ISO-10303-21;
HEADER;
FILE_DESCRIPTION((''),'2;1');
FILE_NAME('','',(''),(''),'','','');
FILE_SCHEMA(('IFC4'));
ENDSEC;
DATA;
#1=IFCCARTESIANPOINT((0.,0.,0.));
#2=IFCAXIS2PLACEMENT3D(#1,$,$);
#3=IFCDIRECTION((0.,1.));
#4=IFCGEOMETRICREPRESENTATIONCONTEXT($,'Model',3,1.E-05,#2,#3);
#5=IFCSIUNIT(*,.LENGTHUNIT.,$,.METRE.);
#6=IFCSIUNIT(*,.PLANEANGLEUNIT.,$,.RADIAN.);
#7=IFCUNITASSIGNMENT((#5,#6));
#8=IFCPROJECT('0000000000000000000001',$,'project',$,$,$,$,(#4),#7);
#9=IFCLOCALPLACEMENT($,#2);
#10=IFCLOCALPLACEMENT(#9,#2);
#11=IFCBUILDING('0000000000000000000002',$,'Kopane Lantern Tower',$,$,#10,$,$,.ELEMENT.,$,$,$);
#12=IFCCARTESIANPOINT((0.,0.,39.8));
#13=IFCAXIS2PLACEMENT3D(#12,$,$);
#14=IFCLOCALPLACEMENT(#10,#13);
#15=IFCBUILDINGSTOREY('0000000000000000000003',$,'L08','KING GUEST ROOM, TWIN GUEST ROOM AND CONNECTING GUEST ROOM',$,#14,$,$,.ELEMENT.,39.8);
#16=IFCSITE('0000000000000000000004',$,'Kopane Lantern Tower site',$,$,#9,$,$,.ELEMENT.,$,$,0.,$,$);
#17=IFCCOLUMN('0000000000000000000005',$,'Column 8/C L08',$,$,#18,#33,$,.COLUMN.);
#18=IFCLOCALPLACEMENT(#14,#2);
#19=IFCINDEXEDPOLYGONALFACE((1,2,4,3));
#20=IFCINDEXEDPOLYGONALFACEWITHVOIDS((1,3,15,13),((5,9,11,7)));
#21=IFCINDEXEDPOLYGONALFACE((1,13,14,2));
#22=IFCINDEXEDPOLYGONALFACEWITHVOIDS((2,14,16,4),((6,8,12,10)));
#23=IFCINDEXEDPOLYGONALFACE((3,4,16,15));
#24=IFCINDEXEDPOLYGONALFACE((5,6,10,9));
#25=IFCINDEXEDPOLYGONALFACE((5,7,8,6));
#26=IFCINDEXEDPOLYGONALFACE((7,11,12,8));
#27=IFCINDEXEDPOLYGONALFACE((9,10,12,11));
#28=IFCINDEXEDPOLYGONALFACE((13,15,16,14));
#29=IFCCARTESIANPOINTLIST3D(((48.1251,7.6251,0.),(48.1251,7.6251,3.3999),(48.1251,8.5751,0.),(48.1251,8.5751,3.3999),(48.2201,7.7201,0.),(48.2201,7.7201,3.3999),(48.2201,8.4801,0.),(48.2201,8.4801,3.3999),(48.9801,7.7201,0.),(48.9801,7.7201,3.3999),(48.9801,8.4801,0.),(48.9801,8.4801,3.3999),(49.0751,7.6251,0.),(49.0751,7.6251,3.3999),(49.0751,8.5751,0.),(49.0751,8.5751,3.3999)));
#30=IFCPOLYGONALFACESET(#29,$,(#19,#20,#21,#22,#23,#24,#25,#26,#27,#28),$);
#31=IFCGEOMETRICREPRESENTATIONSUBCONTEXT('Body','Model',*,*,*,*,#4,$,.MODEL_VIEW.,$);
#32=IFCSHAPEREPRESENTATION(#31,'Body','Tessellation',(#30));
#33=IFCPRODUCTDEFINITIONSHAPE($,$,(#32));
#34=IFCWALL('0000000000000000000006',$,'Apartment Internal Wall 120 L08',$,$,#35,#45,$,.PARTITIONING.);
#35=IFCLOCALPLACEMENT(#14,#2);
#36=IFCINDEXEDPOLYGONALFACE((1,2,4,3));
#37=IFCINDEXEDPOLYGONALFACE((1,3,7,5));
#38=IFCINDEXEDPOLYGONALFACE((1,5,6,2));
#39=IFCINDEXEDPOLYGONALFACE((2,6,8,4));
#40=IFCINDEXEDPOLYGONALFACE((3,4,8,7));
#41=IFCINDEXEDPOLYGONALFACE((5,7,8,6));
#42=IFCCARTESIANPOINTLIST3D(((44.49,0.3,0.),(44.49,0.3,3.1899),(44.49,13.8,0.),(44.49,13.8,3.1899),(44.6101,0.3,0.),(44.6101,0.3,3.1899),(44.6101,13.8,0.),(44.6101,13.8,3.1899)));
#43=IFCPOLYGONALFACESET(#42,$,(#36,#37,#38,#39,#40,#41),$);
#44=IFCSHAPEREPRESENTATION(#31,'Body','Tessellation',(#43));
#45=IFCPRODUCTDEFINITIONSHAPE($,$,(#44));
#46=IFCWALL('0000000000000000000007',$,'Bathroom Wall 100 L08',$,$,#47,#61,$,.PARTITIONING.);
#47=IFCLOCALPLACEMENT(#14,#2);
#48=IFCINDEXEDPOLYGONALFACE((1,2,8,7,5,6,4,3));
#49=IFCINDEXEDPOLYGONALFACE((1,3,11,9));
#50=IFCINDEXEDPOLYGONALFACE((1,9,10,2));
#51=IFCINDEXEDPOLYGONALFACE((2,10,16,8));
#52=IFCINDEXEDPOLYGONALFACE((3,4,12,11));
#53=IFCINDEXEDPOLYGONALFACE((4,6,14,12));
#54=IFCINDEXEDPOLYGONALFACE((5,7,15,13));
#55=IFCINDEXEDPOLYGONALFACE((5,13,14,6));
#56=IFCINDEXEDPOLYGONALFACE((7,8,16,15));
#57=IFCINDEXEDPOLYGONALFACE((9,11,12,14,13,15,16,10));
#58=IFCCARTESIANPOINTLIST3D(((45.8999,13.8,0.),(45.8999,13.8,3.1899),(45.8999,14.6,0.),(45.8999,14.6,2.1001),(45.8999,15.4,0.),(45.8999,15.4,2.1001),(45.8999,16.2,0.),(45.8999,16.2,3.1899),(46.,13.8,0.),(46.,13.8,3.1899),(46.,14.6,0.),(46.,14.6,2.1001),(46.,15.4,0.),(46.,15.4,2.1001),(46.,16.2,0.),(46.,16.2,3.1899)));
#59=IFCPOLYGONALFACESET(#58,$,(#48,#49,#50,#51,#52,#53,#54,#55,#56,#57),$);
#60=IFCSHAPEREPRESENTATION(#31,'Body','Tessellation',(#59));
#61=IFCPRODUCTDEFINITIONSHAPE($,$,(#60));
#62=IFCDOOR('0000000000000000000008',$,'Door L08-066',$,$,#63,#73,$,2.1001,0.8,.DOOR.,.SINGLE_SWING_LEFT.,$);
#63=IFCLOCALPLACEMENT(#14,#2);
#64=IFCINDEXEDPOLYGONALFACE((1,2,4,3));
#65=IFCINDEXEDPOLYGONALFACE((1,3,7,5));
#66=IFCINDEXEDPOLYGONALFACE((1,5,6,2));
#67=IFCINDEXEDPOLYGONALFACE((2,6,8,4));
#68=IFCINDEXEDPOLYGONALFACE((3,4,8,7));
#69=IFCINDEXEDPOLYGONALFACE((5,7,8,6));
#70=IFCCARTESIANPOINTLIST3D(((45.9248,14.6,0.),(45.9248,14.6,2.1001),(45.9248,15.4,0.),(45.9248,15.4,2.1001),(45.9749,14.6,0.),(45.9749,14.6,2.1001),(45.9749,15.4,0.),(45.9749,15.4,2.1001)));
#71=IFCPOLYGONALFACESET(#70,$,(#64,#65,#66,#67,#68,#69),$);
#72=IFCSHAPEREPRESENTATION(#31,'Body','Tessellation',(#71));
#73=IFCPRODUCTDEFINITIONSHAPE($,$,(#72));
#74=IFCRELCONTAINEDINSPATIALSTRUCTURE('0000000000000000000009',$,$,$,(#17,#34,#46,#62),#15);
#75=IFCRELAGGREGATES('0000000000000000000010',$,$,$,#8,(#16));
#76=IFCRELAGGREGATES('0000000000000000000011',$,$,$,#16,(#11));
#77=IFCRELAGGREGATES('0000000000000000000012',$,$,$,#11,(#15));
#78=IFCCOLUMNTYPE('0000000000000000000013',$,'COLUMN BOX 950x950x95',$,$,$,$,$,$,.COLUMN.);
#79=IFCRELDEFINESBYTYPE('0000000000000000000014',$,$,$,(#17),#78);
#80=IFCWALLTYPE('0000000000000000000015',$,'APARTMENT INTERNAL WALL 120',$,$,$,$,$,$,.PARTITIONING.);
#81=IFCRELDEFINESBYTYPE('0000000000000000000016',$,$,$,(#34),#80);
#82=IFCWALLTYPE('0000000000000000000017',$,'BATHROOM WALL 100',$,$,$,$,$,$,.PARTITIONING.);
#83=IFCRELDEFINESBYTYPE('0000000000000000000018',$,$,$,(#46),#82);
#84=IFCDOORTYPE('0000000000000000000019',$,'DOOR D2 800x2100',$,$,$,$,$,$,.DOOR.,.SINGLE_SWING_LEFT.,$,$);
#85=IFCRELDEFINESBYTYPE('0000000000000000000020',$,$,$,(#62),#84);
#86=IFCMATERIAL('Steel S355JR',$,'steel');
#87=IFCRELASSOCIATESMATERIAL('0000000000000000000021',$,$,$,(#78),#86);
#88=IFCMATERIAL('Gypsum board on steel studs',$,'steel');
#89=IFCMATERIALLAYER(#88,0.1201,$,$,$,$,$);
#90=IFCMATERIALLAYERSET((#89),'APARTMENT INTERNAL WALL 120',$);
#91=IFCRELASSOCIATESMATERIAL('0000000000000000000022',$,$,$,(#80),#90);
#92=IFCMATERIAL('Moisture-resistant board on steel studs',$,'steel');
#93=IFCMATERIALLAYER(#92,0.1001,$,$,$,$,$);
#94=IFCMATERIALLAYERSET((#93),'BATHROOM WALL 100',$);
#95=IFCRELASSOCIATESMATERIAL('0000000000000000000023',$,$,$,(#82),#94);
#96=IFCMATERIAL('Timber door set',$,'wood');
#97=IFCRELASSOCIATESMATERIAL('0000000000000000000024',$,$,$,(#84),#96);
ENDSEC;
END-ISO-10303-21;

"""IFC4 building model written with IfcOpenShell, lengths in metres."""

from ifc_helpers import new_model, si_unit, direction, frame, frame_2d, origin, origin_2d, place, context, subcontext, project, spatial, rectangle, hollow_rectangle, extrude, material, layer, layer_set, material_profile, profile_set, type_object, element, fill, save


model = new_model("IFC4")

# Units and contexts
model_context = context("Model", 3, precision=1e-05, world=origin(), true_north=direction((0.0, 1.0)))
body_context = subcontext(model_context, "Body", "Model", "MODEL_VIEW")
ifc_project = project(units=[si_unit("LENGTHUNIT", "METRE"), si_unit("PLANEANGLEUNIT", "RADIAN")], contexts=[model_context])

# Site, building, storey
site_placement = place(None, origin())
site = spatial("IfcSite", under=ifc_project, at=site_placement, Name="Kopane Lantern Tower site", CompositionType="ELEMENT", RefElevation=0.0)
building_placement = place(site_placement, origin())
building = spatial("IfcBuilding", under=site, at=building_placement, Name="Kopane Lantern Tower", CompositionType="ELEMENT")
storey_placement = place(building_placement, frame((0.0, 0.0, 39.8)))
storey = spatial("IfcBuildingStorey", under=building, at=storey_placement, Name="L08", Description="KING GUEST ROOM, TWIN GUEST ROOM AND CONNECTING GUEST ROOM", CompositionType="ELEMENT", Elevation=39.8)

# Column
ifc_material_1 = material(Name="Steel S355JR", Category="steel")
ifc_material_profile = material_profile(ifc_material_1, hollow_rectangle(XDim=0.95, YDim=0.95, WallThickness=0.095, at=origin_2d()), Name="BOX 950x950x95")
ifc_profile_set = profile_set([ifc_material_profile], Name="Steel S355JR")
column_type = type_object("IfcColumnType", Name="COLUMN BOX 950x950x95", PredefinedType="COLUMN", material=ifc_profile_set)
column_placement = place(storey_placement, frame((48.6001, 8.1001, 0.0), z_axis=(0.0, 0.0, 1.0), x_axis=(1.0, 0.0, 0.0)))
element("IfcColumn", 1, at=column_placement, inside=storey, type_object=column_type, Name="Column 8/C L08", PredefinedType="COLUMN", context=body_context, shape_type="SweptSolid", body=[
    extrude(hollow_rectangle(XDim=0.95, YDim=0.95, WallThickness=0.095, at=origin_2d()), origin(), (0.0, 0.0, 1.0), 3.3999),
])

# Wall
ifc_material_2 = material(Name="Gypsum board on steel studs", Category="steel")
ifc_layer_1 = layer(ifc_material_2, 0.1201)
ifc_layer_set_1 = layer_set([ifc_layer_1], Name="APARTMENT INTERNAL WALL 120")
wall_type_1 = type_object("IfcWallType", Name="APARTMENT INTERNAL WALL 120", PredefinedType="PARTITIONING", material=ifc_layer_set_1)
wall_1_placement = place(storey_placement, frame((44.55, 13.8, 0.0), z_axis=(0.0, 0.0, 1.0), x_axis=(0.0, -1.0, 0.0)))
element("IfcWall", 2, at=wall_1_placement, inside=storey, type_object=wall_type_1, Name="Apartment Internal Wall 120 L08", PredefinedType="PARTITIONING", context=body_context, shape_type="SweptSolid", body=[
    extrude(rectangle(XDim=13.5, YDim=0.1201, at=frame_2d((6.75, 0.0))), origin(), (0.0, 0.0, 1.0), 3.1899),
])

# Wall, opening, door
ifc_material_3 = material(Name="Moisture-resistant board on steel studs", Category="steel")
ifc_layer_2 = layer(ifc_material_3, 0.1001)
ifc_layer_set_2 = layer_set([ifc_layer_2], Name="BATHROOM WALL 100")
wall_type_2 = type_object("IfcWallType", Name="BATHROOM WALL 100", PredefinedType="PARTITIONING", material=ifc_layer_set_2)
wall_2_placement = place(storey_placement, frame((45.95, 16.2, 0.0), z_axis=(0.0, 0.0, 1.0), x_axis=(0.0, -1.0, 0.0)))
wall_2 = element("IfcWall", 3, at=wall_2_placement, inside=storey, type_object=wall_type_2, Name="Bathroom Wall 100 L08", PredefinedType="PARTITIONING", context=body_context, shape_type="SweptSolid", body=[
    extrude(rectangle(XDim=2.3999, YDim=0.1001, at=frame_2d((1.2, 0.0))), origin(), (0.0, 0.0, 1.0), 3.1899),
])
opening_1_placement = place(wall_2_placement, frame((0.8, 0.0, 0.0)))
opening_1 = element("IfcOpeningElement", 4, at=opening_1_placement, cuts=wall_2, PredefinedType="OPENING", context=body_context, shape_type="SweptSolid", body=[
    extrude(rectangle(XDim=0.8, YDim=2.1001, at=frame_2d((0.3999, 1.05))), frame((0.0, 0.0601, 0.0), z_axis=(0.0, -1.0, 0.0), x_axis=(1.0, 0.0, 0.0)), (0.0, 0.0, 1.0), 0.1201),
])
ifc_material_4 = material(Name="Timber door set", Category="wood")
door_type_1 = type_object("IfcDoorType", Name="DOOR D2 800x2100", OperationType="SINGLE_SWING_LEFT", PredefinedType="DOOR", material=ifc_material_4)
door_1_placement = place(opening_1_placement, origin())
door_1 = element("IfcDoor", 5, at=door_1_placement, inside=storey, type_object=door_type_1, Name="Door L08-066", OperationType="SINGLE_SWING_LEFT", OverallHeight=2.1001, OverallWidth=0.8, PredefinedType="DOOR", context=body_context, shape_type="SweptSolid", body=[
    extrude(rectangle(XDim=0.8, YDim=2.1001, at=frame_2d((0.3999, 1.05))), frame((0.0, 0.0249, 0.0), z_axis=(0.0, -1.0, 0.0), x_axis=(1.0, 0.0, 0.0)), (0.0, 0.0, 1.0), 0.05),
])
fill(opening_1, door_1)

save(model, "model.ifc")
